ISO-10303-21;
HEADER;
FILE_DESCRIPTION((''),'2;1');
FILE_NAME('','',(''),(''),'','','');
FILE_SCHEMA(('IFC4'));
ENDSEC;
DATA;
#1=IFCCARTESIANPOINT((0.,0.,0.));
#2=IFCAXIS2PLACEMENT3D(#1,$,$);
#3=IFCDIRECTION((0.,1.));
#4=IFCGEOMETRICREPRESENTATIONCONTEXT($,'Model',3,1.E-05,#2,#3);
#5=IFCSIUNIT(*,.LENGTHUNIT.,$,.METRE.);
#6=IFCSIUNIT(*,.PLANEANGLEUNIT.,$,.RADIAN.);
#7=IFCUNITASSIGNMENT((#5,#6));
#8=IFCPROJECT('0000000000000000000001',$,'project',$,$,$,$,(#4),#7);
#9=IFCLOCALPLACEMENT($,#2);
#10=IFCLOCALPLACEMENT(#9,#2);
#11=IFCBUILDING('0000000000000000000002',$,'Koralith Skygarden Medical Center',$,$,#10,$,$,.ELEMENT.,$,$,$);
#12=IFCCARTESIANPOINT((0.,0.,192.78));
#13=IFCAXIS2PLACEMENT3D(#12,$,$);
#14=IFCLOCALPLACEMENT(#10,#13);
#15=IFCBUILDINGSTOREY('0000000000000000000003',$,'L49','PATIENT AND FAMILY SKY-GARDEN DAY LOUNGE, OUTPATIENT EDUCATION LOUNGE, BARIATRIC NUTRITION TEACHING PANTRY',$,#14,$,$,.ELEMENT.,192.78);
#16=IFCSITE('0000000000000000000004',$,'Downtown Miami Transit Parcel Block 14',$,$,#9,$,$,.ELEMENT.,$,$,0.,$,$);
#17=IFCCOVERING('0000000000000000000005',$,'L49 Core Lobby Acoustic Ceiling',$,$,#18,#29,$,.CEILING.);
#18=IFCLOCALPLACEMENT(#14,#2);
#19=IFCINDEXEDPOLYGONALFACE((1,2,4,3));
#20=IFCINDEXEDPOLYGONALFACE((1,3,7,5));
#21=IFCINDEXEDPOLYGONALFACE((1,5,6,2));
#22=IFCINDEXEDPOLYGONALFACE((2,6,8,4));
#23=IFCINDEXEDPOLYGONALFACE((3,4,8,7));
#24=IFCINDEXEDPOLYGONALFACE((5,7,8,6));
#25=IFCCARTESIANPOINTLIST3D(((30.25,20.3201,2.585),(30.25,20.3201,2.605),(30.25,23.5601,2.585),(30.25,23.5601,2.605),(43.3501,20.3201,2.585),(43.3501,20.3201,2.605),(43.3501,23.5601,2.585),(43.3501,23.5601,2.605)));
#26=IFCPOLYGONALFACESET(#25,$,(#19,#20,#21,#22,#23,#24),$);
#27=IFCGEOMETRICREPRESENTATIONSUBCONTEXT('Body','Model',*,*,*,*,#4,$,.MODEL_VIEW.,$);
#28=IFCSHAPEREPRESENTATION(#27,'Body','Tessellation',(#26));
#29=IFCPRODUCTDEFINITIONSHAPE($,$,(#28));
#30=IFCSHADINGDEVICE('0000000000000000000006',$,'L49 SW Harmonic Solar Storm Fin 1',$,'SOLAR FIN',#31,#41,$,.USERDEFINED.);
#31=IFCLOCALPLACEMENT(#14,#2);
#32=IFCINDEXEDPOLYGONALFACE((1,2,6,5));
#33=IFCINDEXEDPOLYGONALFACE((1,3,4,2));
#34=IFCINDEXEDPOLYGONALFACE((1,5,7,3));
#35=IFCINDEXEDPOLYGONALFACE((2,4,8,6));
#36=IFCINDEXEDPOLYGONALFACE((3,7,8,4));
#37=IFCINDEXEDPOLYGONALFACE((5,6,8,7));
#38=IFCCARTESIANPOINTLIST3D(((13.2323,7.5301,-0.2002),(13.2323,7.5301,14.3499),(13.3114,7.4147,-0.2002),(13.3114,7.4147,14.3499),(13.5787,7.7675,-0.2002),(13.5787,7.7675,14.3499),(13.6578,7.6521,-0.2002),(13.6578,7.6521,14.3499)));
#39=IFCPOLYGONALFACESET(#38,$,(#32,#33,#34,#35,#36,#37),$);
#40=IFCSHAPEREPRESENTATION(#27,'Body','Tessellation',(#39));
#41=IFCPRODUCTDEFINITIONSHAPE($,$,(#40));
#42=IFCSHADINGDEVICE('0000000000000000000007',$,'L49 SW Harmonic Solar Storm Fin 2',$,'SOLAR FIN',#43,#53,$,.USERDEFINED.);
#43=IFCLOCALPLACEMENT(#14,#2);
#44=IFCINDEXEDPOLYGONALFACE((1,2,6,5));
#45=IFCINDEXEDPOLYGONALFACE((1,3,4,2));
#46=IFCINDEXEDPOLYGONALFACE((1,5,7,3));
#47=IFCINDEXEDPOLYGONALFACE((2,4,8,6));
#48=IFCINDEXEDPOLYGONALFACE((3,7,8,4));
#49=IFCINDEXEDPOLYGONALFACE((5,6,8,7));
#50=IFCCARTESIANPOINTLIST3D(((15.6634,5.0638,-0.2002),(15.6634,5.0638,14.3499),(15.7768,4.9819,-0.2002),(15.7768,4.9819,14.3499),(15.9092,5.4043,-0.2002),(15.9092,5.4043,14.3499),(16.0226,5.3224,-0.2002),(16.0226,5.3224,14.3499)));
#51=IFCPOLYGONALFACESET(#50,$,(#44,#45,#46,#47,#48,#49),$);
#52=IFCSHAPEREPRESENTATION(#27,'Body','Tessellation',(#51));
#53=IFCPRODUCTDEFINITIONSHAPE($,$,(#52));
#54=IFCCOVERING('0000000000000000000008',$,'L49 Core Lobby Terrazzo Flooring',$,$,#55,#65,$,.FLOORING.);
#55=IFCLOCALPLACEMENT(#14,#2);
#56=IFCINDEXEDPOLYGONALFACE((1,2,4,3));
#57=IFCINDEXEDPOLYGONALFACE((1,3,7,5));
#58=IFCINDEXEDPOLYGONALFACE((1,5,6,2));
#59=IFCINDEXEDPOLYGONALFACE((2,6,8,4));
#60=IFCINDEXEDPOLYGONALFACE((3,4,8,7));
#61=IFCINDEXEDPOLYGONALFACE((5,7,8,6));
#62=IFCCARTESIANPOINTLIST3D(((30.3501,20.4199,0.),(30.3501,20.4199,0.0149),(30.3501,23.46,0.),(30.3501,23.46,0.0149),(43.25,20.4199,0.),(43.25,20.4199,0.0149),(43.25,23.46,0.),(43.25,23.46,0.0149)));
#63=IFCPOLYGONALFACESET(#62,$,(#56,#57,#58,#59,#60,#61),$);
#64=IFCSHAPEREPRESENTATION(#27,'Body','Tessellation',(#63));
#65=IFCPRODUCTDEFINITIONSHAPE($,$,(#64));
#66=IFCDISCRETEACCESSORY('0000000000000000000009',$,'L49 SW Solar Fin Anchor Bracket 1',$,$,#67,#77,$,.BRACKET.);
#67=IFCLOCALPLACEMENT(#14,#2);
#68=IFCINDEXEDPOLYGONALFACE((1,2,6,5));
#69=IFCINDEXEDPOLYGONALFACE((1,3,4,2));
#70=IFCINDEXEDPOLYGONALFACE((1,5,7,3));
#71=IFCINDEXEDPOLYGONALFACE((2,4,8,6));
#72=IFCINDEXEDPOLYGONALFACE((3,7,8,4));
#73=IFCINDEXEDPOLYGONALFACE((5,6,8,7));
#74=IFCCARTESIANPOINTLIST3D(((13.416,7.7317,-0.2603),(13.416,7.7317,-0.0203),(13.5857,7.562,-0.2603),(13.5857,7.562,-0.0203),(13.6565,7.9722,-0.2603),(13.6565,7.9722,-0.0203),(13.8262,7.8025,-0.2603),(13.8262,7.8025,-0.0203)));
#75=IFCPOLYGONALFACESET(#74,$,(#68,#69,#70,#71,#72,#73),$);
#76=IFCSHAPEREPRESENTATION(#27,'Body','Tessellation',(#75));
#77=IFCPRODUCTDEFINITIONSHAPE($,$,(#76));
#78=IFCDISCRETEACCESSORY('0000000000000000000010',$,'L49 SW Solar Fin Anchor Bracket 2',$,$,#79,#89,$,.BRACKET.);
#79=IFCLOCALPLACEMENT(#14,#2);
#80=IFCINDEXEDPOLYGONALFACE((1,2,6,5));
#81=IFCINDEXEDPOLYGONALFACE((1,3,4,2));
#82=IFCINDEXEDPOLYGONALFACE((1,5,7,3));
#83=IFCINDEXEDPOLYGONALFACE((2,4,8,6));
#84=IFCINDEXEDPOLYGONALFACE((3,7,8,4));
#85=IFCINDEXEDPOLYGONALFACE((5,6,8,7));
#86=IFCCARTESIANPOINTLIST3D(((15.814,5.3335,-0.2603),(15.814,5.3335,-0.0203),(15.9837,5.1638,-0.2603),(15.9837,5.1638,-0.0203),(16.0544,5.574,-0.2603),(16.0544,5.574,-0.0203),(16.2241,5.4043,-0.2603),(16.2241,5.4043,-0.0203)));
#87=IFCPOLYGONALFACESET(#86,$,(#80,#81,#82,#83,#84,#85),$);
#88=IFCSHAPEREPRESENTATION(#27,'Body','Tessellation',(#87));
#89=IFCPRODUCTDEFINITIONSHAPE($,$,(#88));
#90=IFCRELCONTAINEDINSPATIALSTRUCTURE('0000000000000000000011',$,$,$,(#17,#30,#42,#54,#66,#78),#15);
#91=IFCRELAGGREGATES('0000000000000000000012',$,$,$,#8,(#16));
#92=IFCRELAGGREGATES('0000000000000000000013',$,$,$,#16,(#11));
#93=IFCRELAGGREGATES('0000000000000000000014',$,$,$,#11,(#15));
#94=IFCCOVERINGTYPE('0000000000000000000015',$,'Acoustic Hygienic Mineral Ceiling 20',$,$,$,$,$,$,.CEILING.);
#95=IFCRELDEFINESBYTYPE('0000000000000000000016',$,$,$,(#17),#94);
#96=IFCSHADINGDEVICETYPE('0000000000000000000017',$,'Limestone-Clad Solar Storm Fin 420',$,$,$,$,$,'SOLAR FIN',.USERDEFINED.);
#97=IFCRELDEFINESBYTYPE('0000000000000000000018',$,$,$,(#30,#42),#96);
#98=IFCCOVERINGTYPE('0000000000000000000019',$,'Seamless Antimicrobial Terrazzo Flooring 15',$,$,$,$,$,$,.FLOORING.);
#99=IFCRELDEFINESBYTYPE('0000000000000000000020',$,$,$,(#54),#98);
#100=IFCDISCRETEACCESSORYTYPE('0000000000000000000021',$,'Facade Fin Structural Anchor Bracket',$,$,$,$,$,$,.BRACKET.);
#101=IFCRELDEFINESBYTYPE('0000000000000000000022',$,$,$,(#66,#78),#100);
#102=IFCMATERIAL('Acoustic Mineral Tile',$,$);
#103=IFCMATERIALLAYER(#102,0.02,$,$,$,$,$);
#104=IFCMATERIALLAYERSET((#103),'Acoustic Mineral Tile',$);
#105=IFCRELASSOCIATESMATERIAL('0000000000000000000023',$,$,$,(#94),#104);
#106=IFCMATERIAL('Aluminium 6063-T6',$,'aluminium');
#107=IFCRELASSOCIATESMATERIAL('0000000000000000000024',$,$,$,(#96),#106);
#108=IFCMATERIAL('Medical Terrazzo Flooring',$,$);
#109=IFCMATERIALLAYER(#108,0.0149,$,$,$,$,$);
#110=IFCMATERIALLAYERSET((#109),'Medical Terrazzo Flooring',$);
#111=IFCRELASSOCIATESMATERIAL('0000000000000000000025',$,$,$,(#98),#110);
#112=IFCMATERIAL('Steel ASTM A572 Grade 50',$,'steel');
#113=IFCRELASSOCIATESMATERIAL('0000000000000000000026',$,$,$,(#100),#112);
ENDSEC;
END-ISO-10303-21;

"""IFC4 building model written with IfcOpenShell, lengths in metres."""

from ifc_helpers import new_model, si_unit, direction, frame, origin, origin_2d, place, context, subcontext, project, spatial, polyline, rectangle, outline, extrude, material, layer, layer_set, type_object, element, save


model = new_model("IFC4")

# Units and contexts
model_context = context("Model", 3, precision=1e-05, world=origin(), true_north=direction((0.0, 1.0)))
body_context = subcontext(model_context, "Body", "Model", "MODEL_VIEW")
ifc_project = project(units=[si_unit("LENGTHUNIT", "METRE"), si_unit("PLANEANGLEUNIT", "RADIAN")], contexts=[model_context])

# Site, building, storey
site_placement = place(None, origin())
site = spatial("IfcSite", under=ifc_project, at=site_placement, Name="Downtown Miami Transit Parcel Block 14", CompositionType="ELEMENT", RefElevation=0.0)
building_placement = place(site_placement, origin())
building = spatial("IfcBuilding", under=site, at=building_placement, Name="Koralith Skygarden Medical Center", CompositionType="ELEMENT")
storey_placement = place(building_placement, frame((0.0, 0.0, 192.78)))
storey = spatial("IfcBuildingStorey", under=building, at=storey_placement, Name="L49", Description="PATIENT AND FAMILY SKY-GARDEN DAY LOUNGE, OUTPATIENT EDUCATION LOUNGE, BARIATRIC NUTRITION TEACHING PANTRY", CompositionType="ELEMENT", Elevation=192.78)

# Shared definitions
ifc_material_1 = material(Name="Aluminium 6063-T6", Category="aluminium")

# Covering
ifc_material_2 = material(Name="Acoustic Mineral Tile")
ifc_layer_1 = layer(ifc_material_2, 0.02)
ifc_layer_set_1 = layer_set([ifc_layer_1], Name="Acoustic Mineral Tile")
covering_type_1 = type_object("IfcCoveringType", Name="Acoustic Hygienic Mineral Ceiling 20", PredefinedType="CEILING", material=ifc_layer_set_1)
covering_1_placement = place(storey_placement, frame((0.0, 0.0, 2.585)))
element("IfcCovering", 1, at=covering_1_placement, inside=storey, type_object=covering_type_1, Name="L49 Core Lobby Acoustic Ceiling", PredefinedType="CEILING", context=body_context, shape_type="SweptSolid", body=[
    extrude(outline(polyline([(30.25, 20.3201), (43.3501, 20.3201), (43.3501, 23.5601), (30.25, 23.5601), (30.25, 20.3201)])), origin(), (0.0, 0.0, 1.0), 0.02),
])

# Shading devices
shading_device_type = type_object("IfcShadingDeviceType", Name="Limestone-Clad Solar Storm Fin 420", ElementType="SOLAR FIN", PredefinedType="USERDEFINED", material=ifc_material_1)
for number, where, z_axis, x_axis, name in (
    (2, (13.4451, 7.5911, -0.2002), (0.0, 0.0, 1.0), (-0.824857, -0.565341, 0.0), "L49 SW Harmonic Solar Storm Fin 1"),
    (3, (15.843, 5.1931, -0.2002), (0.0, 0.0, 1.0), (-0.585425, -0.810727, 0.0), "L49 SW Harmonic Solar Storm Fin 2"),
):
    element("IfcShadingDevice", number, at=place(storey_placement, frame(where, z_axis=z_axis, x_axis=x_axis)), inside=storey, type_object=shading_device_type, Name=name, ObjectType="SOLAR FIN", PredefinedType="USERDEFINED", context=body_context, shape_type="SweptSolid", body=[
        extrude(rectangle(XDim=0.4199, YDim=0.1399, at=origin_2d()), origin(), (0.0, 0.0, 1.0), 14.55),
    ])

# Covering
ifc_material_3 = material(Name="Medical Terrazzo Flooring")
ifc_layer_2 = layer(ifc_material_3, 0.0149)
ifc_layer_set_2 = layer_set([ifc_layer_2], Name="Medical Terrazzo Flooring")
covering_type_2 = type_object("IfcCoveringType", Name="Seamless Antimicrobial Terrazzo Flooring 15", PredefinedType="FLOORING", material=ifc_layer_set_2)
covering_2_placement = place(storey_placement, origin())
element("IfcCovering", 4, at=covering_2_placement, inside=storey, type_object=covering_type_2, Name="L49 Core Lobby Terrazzo Flooring", PredefinedType="FLOORING", context=body_context, shape_type="SweptSolid", body=[
    extrude(outline(polyline([(30.3501, 20.4199), (43.25, 20.4199), (43.25, 23.46), (30.3501, 23.46), (30.3501, 20.4199)])), origin(), (0.0, 0.0, 1.0), 0.0149),
])

# Discrete accessories
ifc_material_4 = material(Name="Steel ASTM A572 Grade 50", Category="steel")
discrete_accessory_type = type_object("IfcDiscreteAccessoryType", Name="Facade Fin Structural Anchor Bracket", PredefinedType="BRACKET", material=ifc_material_4)
for number, where, z_axis, x_axis, name in (
    (5, (13.6211, 7.7671, -0.2603), (0.0, 0.0, 1.0), (-0.707107, -0.707107, 0.0), "L49 SW Solar Fin Anchor Bracket 1"),
    (6, (16.019, 5.3689, -0.2603), (0.0, 0.0, 1.0), (-0.707107, -0.707107, 0.0), "L49 SW Solar Fin Anchor Bracket 2"),
):
    element("IfcDiscreteAccessory", number, at=place(storey_placement, frame(where, z_axis=z_axis, x_axis=x_axis)), inside=storey, type_object=discrete_accessory_type, Name=name, PredefinedType="BRACKET", context=body_context, shape_type="SweptSolid", body=[
        extrude(rectangle(XDim=0.3401, YDim=0.24, at=origin_2d()), origin(), (0.0, 0.0, 1.0), 0.24),
    ])

save(model, "model.ifc")
